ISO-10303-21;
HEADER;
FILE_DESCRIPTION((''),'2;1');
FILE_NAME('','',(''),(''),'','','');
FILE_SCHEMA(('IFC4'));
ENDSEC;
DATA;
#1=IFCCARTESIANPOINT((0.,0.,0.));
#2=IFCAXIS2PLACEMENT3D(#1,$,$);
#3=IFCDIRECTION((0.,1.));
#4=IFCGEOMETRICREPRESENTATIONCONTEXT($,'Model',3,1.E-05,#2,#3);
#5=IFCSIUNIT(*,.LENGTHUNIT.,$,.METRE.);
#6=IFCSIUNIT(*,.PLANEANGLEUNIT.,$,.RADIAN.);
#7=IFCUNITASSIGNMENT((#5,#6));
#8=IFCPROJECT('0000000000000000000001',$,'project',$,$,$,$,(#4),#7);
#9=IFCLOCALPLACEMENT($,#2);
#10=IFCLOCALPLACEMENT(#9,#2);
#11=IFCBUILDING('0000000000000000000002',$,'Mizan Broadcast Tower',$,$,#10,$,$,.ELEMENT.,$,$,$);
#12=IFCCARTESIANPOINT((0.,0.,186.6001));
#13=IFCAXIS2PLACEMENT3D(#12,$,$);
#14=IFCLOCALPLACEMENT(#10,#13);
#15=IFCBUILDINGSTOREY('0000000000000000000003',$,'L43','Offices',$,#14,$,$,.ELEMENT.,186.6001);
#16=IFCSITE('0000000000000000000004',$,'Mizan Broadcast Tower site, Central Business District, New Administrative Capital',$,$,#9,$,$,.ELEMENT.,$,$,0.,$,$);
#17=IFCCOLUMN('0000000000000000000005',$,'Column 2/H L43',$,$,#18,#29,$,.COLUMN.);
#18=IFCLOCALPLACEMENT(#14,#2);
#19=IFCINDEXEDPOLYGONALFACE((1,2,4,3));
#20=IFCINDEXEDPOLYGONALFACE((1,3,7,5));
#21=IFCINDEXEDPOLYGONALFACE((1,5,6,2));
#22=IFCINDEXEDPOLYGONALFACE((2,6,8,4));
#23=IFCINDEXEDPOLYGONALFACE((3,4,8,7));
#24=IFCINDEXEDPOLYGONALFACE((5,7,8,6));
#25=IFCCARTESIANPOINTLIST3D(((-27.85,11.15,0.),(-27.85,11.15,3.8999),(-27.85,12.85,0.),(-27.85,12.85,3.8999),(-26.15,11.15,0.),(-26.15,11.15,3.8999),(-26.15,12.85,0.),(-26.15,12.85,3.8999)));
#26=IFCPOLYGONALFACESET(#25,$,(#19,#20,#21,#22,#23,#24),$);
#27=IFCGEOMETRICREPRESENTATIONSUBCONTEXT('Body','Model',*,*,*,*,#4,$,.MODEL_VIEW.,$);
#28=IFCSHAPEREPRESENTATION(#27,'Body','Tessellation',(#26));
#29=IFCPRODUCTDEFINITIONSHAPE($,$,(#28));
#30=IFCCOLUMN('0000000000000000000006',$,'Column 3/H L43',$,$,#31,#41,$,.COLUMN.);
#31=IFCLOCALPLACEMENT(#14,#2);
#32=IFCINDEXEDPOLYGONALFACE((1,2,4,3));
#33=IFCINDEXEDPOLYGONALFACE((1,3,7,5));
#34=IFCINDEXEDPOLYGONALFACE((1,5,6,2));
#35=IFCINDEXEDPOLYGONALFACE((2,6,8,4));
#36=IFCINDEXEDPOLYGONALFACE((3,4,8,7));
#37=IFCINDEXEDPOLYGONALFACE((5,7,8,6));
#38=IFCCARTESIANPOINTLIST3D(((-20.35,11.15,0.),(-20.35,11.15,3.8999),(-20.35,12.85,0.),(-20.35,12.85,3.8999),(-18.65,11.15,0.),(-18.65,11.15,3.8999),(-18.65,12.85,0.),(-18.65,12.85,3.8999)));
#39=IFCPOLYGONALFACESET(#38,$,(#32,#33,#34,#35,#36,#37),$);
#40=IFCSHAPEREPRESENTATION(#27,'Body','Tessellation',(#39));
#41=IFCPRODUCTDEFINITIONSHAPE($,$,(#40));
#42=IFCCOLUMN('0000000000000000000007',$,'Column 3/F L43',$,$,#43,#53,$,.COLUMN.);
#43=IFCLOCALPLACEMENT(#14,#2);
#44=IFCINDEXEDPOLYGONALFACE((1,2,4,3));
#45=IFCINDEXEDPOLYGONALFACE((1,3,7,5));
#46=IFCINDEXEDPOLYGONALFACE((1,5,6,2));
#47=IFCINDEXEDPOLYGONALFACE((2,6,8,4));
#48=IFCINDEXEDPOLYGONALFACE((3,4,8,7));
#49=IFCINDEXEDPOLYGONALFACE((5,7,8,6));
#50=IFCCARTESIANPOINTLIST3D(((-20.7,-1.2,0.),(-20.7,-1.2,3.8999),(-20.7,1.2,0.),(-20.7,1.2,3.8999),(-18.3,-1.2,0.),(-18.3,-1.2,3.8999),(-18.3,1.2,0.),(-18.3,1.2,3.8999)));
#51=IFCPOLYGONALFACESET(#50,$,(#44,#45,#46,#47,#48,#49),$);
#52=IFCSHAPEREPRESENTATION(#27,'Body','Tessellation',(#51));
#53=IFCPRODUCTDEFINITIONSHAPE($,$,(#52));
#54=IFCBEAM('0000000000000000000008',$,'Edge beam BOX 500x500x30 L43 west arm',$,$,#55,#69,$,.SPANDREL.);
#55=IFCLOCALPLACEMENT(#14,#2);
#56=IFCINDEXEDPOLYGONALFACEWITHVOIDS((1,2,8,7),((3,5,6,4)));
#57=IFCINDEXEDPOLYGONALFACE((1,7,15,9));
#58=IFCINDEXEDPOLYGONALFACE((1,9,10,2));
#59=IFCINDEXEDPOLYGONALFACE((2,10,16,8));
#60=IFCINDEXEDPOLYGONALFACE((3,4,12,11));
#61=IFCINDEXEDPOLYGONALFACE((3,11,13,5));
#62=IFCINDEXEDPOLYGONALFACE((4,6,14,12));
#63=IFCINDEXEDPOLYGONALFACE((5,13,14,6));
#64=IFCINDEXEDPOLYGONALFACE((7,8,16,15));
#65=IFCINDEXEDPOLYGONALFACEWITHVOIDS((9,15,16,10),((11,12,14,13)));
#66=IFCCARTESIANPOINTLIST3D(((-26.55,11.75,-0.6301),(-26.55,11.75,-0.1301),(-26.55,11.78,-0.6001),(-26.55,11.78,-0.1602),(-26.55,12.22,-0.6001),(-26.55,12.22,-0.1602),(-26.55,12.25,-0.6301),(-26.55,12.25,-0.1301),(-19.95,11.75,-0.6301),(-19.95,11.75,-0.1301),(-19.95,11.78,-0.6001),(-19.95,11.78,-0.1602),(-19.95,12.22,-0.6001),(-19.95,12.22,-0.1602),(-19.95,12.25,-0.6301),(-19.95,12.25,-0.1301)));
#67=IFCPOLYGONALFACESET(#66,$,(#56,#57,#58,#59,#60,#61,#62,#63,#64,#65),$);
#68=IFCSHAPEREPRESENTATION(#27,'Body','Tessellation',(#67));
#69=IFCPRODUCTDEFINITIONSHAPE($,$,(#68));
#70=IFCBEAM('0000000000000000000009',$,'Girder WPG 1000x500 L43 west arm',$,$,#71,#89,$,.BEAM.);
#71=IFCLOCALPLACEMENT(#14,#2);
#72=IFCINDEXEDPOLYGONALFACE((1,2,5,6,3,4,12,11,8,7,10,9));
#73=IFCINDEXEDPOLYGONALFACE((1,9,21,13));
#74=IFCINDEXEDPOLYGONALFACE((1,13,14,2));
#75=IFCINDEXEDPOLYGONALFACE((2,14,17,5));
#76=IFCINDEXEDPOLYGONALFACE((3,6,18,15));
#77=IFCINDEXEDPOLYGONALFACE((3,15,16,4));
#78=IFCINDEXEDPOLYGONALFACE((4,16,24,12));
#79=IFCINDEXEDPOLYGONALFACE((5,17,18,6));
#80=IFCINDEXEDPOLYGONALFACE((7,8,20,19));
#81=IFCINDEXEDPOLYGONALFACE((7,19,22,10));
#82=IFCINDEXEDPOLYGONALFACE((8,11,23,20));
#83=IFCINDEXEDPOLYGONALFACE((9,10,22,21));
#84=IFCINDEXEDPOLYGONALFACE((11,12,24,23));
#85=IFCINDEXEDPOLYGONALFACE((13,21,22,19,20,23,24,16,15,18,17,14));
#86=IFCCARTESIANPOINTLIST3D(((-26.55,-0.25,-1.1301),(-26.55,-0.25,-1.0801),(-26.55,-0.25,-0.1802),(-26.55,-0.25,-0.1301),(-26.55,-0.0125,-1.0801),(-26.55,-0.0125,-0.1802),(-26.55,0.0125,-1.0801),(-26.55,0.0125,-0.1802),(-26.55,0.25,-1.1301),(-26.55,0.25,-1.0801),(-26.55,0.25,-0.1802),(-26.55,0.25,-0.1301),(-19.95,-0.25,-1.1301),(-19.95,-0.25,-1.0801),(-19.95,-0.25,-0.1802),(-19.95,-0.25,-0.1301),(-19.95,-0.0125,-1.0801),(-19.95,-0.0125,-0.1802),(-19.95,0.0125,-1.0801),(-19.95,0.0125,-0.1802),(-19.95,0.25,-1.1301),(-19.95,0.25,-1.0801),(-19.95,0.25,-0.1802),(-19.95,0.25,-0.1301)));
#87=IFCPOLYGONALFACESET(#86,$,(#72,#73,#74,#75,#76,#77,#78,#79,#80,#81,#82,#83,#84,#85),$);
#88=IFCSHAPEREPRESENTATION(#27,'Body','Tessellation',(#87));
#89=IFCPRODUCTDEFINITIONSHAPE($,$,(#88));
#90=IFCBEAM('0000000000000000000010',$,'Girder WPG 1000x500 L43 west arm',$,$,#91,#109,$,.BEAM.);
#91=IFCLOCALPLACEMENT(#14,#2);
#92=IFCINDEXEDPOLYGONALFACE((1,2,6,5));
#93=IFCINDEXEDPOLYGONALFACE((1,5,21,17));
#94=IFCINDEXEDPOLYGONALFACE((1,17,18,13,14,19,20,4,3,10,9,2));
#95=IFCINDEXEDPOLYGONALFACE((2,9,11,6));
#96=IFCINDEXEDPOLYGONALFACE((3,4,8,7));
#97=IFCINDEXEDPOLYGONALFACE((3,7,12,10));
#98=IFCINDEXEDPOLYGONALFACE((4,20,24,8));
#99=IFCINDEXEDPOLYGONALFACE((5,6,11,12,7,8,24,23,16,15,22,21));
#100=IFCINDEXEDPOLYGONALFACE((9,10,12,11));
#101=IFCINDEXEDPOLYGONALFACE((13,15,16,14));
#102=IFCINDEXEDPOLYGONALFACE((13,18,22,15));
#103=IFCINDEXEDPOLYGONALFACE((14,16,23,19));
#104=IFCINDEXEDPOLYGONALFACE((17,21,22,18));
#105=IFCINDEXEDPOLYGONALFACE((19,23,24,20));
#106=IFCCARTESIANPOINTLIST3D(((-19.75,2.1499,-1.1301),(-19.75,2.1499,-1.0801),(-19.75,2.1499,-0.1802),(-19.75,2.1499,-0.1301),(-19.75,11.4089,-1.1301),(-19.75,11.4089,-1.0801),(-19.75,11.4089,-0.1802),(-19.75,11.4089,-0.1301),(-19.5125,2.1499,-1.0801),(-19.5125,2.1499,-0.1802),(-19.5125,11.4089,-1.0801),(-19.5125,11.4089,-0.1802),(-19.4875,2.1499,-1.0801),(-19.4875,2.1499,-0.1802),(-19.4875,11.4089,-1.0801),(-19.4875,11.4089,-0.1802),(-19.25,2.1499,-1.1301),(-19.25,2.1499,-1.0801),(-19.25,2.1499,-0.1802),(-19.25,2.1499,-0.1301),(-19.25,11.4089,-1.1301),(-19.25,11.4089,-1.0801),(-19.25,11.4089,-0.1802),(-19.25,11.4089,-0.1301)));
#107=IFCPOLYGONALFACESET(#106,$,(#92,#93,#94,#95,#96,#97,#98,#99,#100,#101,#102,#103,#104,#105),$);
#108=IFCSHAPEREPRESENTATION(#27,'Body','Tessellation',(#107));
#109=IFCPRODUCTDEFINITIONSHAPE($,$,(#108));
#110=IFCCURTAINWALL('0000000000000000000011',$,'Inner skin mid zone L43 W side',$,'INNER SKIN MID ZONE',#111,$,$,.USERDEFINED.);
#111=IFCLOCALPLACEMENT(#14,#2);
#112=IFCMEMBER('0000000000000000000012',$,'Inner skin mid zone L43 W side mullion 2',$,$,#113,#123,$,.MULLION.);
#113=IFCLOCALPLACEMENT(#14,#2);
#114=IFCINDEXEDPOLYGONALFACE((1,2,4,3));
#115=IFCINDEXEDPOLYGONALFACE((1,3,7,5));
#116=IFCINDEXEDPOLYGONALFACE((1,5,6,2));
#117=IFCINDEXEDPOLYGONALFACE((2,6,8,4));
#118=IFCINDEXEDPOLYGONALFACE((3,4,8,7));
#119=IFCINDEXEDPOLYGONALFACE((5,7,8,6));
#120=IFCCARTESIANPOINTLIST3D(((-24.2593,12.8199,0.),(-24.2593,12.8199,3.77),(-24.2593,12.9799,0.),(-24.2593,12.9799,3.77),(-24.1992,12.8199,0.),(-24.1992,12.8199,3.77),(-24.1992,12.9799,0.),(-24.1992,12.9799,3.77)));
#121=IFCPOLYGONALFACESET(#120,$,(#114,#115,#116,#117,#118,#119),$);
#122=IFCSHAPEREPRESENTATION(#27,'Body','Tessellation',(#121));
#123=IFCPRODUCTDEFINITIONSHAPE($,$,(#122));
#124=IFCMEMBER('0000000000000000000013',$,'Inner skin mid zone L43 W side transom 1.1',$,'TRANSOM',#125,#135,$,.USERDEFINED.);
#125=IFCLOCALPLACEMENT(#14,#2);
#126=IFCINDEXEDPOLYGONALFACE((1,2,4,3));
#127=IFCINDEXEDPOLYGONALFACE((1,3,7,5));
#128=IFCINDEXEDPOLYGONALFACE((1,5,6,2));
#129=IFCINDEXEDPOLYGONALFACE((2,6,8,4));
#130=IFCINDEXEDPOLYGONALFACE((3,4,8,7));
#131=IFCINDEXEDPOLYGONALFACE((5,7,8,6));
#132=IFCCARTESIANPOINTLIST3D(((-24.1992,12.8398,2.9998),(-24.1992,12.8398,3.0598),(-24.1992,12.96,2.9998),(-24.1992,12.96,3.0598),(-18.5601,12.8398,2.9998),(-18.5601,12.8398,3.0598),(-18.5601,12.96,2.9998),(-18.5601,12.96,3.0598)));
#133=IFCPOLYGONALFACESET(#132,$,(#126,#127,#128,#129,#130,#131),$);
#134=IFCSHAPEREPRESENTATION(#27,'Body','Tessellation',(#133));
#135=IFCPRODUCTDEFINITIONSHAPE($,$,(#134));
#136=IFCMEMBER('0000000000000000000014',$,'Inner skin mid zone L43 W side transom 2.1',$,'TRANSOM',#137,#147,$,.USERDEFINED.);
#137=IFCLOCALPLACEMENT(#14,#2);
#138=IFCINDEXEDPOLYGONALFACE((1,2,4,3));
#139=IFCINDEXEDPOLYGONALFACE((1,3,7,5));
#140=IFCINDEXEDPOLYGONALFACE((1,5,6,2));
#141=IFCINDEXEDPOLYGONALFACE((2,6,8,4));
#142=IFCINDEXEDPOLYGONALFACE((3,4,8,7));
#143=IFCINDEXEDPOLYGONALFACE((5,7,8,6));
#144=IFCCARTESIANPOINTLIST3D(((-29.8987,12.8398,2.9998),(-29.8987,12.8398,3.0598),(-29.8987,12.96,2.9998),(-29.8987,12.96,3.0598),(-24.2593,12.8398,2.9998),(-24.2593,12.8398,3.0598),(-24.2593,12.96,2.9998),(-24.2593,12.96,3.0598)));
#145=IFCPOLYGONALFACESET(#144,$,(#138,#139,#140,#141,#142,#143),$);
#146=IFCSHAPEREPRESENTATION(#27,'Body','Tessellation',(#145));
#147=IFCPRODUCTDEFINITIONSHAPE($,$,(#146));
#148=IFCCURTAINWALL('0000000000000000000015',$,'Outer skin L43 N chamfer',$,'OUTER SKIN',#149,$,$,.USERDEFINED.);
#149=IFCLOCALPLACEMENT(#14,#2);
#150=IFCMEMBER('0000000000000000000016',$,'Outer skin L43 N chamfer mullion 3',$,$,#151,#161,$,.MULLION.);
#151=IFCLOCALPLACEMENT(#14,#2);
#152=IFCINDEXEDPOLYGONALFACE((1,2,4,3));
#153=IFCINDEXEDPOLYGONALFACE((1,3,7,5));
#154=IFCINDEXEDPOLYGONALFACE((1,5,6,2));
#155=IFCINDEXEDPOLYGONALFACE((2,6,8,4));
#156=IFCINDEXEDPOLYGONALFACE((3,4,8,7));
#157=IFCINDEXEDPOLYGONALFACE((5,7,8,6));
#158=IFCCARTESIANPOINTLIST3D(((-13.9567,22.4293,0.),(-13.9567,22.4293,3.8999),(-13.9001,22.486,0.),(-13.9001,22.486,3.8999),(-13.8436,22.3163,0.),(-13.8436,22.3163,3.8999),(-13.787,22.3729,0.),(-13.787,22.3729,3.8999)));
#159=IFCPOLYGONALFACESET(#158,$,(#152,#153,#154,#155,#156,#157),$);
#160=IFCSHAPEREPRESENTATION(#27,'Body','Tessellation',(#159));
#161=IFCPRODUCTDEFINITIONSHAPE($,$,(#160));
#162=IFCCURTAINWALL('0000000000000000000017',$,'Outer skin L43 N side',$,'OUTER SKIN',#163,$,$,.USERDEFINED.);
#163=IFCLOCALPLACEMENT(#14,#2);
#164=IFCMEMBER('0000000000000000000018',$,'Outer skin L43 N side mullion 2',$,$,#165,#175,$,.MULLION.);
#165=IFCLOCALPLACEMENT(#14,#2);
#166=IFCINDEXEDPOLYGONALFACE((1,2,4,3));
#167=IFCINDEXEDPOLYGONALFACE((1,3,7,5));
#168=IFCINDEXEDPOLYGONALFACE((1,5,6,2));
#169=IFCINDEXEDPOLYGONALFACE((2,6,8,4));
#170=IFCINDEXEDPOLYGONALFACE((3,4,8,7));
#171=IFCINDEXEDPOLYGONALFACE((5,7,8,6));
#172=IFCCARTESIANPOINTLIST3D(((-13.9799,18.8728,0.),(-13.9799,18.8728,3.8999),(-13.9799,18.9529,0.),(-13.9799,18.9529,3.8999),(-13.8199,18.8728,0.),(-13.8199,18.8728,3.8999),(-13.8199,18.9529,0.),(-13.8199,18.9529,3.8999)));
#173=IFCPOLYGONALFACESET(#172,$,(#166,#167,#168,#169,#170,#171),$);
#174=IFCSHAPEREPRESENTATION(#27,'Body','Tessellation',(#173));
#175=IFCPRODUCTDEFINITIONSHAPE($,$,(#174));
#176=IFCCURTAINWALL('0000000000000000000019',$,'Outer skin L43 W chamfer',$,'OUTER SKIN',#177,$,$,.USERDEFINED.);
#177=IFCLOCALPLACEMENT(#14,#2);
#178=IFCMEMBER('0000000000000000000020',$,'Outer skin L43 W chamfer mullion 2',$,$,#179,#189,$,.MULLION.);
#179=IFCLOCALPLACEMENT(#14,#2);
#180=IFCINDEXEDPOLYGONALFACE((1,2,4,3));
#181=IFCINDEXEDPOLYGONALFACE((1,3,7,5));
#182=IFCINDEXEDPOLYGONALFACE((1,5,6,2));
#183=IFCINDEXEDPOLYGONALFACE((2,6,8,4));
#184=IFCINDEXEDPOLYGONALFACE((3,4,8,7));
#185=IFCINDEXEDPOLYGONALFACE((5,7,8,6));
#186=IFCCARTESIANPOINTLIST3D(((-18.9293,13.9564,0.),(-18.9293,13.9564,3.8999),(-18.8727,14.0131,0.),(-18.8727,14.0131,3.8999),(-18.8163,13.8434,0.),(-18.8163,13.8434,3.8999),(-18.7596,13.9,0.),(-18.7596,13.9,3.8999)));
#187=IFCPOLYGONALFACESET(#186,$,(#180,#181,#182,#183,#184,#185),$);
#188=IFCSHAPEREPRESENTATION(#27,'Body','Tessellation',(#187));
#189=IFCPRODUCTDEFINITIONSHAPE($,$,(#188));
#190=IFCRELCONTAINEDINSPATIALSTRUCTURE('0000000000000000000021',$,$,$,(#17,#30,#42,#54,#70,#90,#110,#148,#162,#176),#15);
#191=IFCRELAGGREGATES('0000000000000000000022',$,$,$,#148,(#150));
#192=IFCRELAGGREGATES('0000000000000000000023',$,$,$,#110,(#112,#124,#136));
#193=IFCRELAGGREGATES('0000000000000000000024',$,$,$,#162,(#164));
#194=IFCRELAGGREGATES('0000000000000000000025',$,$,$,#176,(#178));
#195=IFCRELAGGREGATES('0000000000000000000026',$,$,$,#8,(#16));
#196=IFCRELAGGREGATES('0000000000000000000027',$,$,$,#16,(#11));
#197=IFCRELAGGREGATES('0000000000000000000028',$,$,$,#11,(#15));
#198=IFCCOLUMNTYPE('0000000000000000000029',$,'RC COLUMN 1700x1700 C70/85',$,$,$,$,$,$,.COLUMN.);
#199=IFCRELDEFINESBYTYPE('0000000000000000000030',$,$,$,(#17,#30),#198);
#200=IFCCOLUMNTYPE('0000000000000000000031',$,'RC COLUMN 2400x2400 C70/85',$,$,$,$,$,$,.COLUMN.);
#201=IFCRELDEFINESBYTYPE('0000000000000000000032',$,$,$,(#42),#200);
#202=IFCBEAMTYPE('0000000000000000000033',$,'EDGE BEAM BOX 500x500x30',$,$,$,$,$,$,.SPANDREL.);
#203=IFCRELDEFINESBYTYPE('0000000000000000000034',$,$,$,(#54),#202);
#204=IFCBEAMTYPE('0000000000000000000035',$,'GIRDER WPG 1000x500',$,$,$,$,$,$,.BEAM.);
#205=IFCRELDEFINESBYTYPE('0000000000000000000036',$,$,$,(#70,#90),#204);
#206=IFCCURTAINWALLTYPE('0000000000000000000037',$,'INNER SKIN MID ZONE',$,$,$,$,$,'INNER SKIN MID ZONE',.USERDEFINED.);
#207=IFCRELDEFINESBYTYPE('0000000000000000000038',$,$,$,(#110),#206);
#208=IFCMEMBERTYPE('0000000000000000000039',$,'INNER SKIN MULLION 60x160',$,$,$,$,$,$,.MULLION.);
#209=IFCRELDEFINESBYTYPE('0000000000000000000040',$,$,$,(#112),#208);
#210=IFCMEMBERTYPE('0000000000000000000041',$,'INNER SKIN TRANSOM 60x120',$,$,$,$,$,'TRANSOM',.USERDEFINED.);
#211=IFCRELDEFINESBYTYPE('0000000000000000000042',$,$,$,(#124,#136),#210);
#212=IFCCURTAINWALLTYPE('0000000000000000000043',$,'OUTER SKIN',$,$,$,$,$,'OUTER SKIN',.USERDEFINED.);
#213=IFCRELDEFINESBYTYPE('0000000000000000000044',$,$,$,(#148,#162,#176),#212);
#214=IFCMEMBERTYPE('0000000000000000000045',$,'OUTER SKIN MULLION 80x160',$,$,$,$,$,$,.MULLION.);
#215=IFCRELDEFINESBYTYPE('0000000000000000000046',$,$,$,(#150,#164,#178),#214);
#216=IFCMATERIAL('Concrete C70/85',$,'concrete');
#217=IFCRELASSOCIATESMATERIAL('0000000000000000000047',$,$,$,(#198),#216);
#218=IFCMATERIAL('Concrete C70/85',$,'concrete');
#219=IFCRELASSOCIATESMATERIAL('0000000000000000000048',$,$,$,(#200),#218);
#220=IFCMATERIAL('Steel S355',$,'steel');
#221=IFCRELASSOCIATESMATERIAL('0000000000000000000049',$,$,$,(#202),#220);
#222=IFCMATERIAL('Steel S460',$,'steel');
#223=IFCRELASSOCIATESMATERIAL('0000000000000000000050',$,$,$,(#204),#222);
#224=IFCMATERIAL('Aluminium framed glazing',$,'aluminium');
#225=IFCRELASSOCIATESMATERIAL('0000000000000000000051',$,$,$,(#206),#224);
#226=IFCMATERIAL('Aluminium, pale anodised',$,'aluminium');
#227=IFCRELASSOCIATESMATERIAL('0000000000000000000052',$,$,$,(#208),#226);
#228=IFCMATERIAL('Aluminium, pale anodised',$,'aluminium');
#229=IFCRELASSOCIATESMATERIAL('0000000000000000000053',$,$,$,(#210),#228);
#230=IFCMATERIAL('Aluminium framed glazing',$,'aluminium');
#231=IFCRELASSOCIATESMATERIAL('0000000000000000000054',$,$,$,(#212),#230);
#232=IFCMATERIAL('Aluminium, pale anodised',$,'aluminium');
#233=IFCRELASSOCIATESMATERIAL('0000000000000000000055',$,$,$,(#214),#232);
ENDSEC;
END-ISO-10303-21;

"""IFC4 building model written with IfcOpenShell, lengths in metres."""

from ifc_helpers import new_model, si_unit, direction, frame, origin, origin_2d, place, context, subcontext, project, spatial, rectangle, hollow_rectangle, i_section, extrude, material, material_profile, profile_set, type_object, element, aggregate, save


model = new_model("IFC4")

# Units and contexts
model_context = context("Model", 3, precision=1e-05, world=origin(), true_north=direction((0.0, 1.0)))
body_context = subcontext(model_context, "Body", "Model", "MODEL_VIEW")
ifc_project = project(units=[si_unit("LENGTHUNIT", "METRE"), si_unit("PLANEANGLEUNIT", "RADIAN")], contexts=[model_context])

# Site, building, storey
site_placement = place(None, origin())
site = spatial("IfcSite", under=ifc_project, at=site_placement, Name="Mizan Broadcast Tower site, Central Business District, New Administrative Capital", CompositionType="ELEMENT", RefElevation=0.0)
building_placement = place(site_placement, origin())
building = spatial("IfcBuilding", under=site, at=building_placement, Name="Mizan Broadcast Tower", CompositionType="ELEMENT")
storey_placement = place(building_placement, frame((0.0, 0.0, 186.6001)))
storey = spatial("IfcBuildingStorey", under=building, at=storey_placement, Name="L43", Description="Offices", CompositionType="ELEMENT", Elevation=186.6001)

# Columns
ifc_material_1 = material(Name="Concrete C70/85", Category="concrete")
ifc_material_profile_1 = material_profile(ifc_material_1, rectangle(XDim=1.7, YDim=1.7, at=origin_2d()), Name="RC 1700x1700")
ifc_profile_set_1 = profile_set([ifc_material_profile_1], Name="Concrete C70/85")
column_type_1 = type_object("IfcColumnType", Name="RC COLUMN 1700x1700 C70/85", PredefinedType="COLUMN", material=ifc_profile_set_1)
for number, where, z_axis, x_axis, name in (
    (1, (-27.0, 12.0, 0.0), (0.0, 0.0, 1.0), (1.0, 0.0, 0.0), "Column 2/H L43"),
    (2, (-19.5, 12.0, 0.0), (0.0, 0.0, 1.0), (1.0, 0.0, 0.0), "Column 3/H L43"),
):
    element("IfcColumn", number, at=place(storey_placement, frame(where, z_axis=z_axis, x_axis=x_axis)), inside=storey, type_object=column_type_1, Name=name, PredefinedType="COLUMN", context=body_context, shape_type="SweptSolid", body=[
        extrude(rectangle(XDim=1.7, YDim=1.7, at=origin_2d()), origin(), (0.0, 0.0, 1.0), 3.8999),
    ])
ifc_material_2 = material(Name="Concrete C70/85", Category="concrete")
ifc_material_profile_2 = material_profile(ifc_material_2, rectangle(XDim=2.3999, YDim=2.3999, at=origin_2d()), Name="RC 2400x2400")
ifc_profile_set_2 = profile_set([ifc_material_profile_2], Name="Concrete C70/85")
column_type_2 = type_object("IfcColumnType", Name="RC COLUMN 2400x2400 C70/85", PredefinedType="COLUMN", material=ifc_profile_set_2)
column_placement = place(storey_placement, frame((-19.5, 0.0, 0.0), z_axis=(0.0, 0.0, 1.0), x_axis=(1.0, 0.0, 0.0)))
element("IfcColumn", 3, at=column_placement, inside=storey, type_object=column_type_2, Name="Column 3/F L43", PredefinedType="COLUMN", context=body_context, shape_type="SweptSolid", body=[
    extrude(rectangle(XDim=2.3999, YDim=2.3999, at=origin_2d()), origin(), (0.0, 0.0, 1.0), 3.8999),
])

# Beams
ifc_material_3 = material(Name="Steel S355", Category="steel")
ifc_material_profile_3 = material_profile(ifc_material_3, hollow_rectangle(XDim=0.5, YDim=0.5, WallThickness=0.03, at=origin_2d()), Name="BOX 500x500x30")
ifc_profile_set_3 = profile_set([ifc_material_profile_3], Name="Steel S355")
beam_type_1 = type_object("IfcBeamType", Name="EDGE BEAM BOX 500x500x30", PredefinedType="SPANDREL", material=ifc_profile_set_3)
beam_1_placement = place(storey_placement, frame((-19.95, 12.0, -0.3801), z_axis=(-1.0, 0.0, 0.0), x_axis=(0.0, -1.0, 0.0)))
element("IfcBeam", 4, at=beam_1_placement, inside=storey, type_object=beam_type_1, Name="Edge beam BOX 500x500x30 L43 west arm", PredefinedType="SPANDREL", context=body_context, shape_type="SweptSolid", body=[
    extrude(hollow_rectangle(XDim=0.5, YDim=0.5, WallThickness=0.03, at=origin_2d()), origin(), (0.0, 0.0, 1.0), 6.6001),
])
ifc_material_4 = material(Name="Steel S460", Category="steel")
ifc_material_profile_4 = material_profile(ifc_material_4, i_section(OverallWidth=0.5, OverallDepth=1.0, WebThickness=0.0249, FlangeThickness=0.05, at=origin_2d()), Name="WPG 1000x500")
ifc_profile_set_4 = profile_set([ifc_material_profile_4], Name="Steel S460")
beam_type_2 = type_object("IfcBeamType", Name="GIRDER WPG 1000x500", PredefinedType="BEAM", material=ifc_profile_set_4)
beam_2_placement = place(storey_placement, frame((-19.95, 0.0, -0.6301), z_axis=(-1.0, 0.0, 0.0), x_axis=(0.0, -1.0, 0.0)))
element("IfcBeam", 5, at=beam_2_placement, inside=storey, type_object=beam_type_2, Name="Girder WPG 1000x500 L43 west arm", PredefinedType="BEAM", context=body_context, shape_type="SweptSolid", body=[
    extrude(i_section(OverallWidth=0.5, OverallDepth=1.0, WebThickness=0.0249, FlangeThickness=0.05, at=origin_2d()), origin(), (0.0, 0.0, 1.0), 6.6001),
])
beam_3_placement = place(storey_placement, frame((-19.5, 11.4089, -0.6301), z_axis=(0.0, -1.0, 0.0), x_axis=(1.0, 0.0, 0.0)))
element("IfcBeam", 6, at=beam_3_placement, inside=storey, type_object=beam_type_2, Name="Girder WPG 1000x500 L43 west arm", PredefinedType="BEAM", context=body_context, shape_type="SweptSolid", body=[
    extrude(i_section(OverallWidth=0.5, OverallDepth=1.0, WebThickness=0.0249, FlangeThickness=0.05, at=origin_2d()), origin(), (0.0, 0.0, 1.0), 9.259),
])

# Curtain wall, members
ifc_material_5 = material(Name="Aluminium framed glazing", Category="aluminium")
curtain_wall_type_1 = type_object("IfcCurtainWallType", Name="INNER SKIN MID ZONE", ElementType="INNER SKIN MID ZONE", PredefinedType="USERDEFINED", material=ifc_material_5)
curtain_wall_1_placement = place(storey_placement, origin())
curtain_wall_1 = element("IfcCurtainWall", 7, at=curtain_wall_1_placement, inside=storey, type_object=curtain_wall_type_1, Name="Inner skin mid zone L43 W side", ObjectType="INNER SKIN MID ZONE", PredefinedType="USERDEFINED")
ifc_material_6 = material(Name="Aluminium, pale anodised", Category="aluminium")
ifc_material_profile_5 = material_profile(ifc_material_6, rectangle(XDim=0.1599, YDim=0.0601, at=origin_2d()), Name="MULLION 160x60")
ifc_profile_set_5 = profile_set([ifc_material_profile_5], Name="Aluminium, pale anodised")
member_type_1 = type_object("IfcMemberType", Name="INNER SKIN MULLION 60x160", PredefinedType="MULLION", material=ifc_profile_set_5)
member_1_placement = place(storey_placement, frame((-24.2292, 12.8999, 0.0), z_axis=(0.0, 0.0, 1.0), x_axis=(0.0, -1.0, 0.0)))
member_1 = element("IfcMember", 8, at=member_1_placement, type_object=member_type_1, Name="Inner skin mid zone L43 W side mullion 2", PredefinedType="MULLION", context=body_context, shape_type="SweptSolid", body=[
    extrude(rectangle(XDim=0.1599, YDim=0.0601, at=origin_2d()), origin(), (0.0, 0.0, 1.0), 3.77),
])
ifc_material_7 = material(Name="Aluminium, pale anodised", Category="aluminium")
ifc_material_profile_6 = material_profile(ifc_material_7, rectangle(XDim=0.1201, YDim=0.0601, at=origin_2d()), Name="TRANSOM 120x60")
ifc_profile_set_6 = profile_set([ifc_material_profile_6], Name="Aluminium, pale anodised")
member_type_2 = type_object("IfcMemberType", Name="INNER SKIN TRANSOM 60x120", ElementType="TRANSOM", PredefinedType="USERDEFINED", material=ifc_profile_set_6)
member_2_placement = place(storey_placement, frame((-18.5601, 12.8999, 3.0298), z_axis=(-1.0, 0.0, 0.0), x_axis=(0.0, -1.0, 0.0)))
member_2 = element("IfcMember", 9, at=member_2_placement, type_object=member_type_2, Name="Inner skin mid zone L43 W side transom 1.1", ObjectType="TRANSOM", PredefinedType="USERDEFINED", context=body_context, shape_type="SweptSolid", body=[
    extrude(rectangle(XDim=0.1201, YDim=0.0601, at=origin_2d()), origin(), (0.0, 0.0, 1.0), 5.6392),
])
member_3_placement = place(storey_placement, frame((-24.2593, 12.8999, 3.0298), z_axis=(-1.0, 0.0, 0.0), x_axis=(0.0, -1.0, 0.0)))
member_3 = element("IfcMember", 10, at=member_3_placement, type_object=member_type_2, Name="Inner skin mid zone L43 W side transom 2.1", ObjectType="TRANSOM", PredefinedType="USERDEFINED", context=body_context, shape_type="SweptSolid", body=[
    extrude(rectangle(XDim=0.1201, YDim=0.0601, at=origin_2d()), origin(), (0.0, 0.0, 1.0), 5.6394),
])

# Curtain walls, members
ifc_material_8 = material(Name="Aluminium framed glazing", Category="aluminium")
curtain_wall_type_2 = type_object("IfcCurtainWallType", Name="OUTER SKIN", ElementType="OUTER SKIN", PredefinedType="USERDEFINED", material=ifc_material_8)
curtain_wall_2_placement = place(storey_placement, origin())
curtain_wall_2 = element("IfcCurtainWall", 11, at=curtain_wall_2_placement, inside=storey, type_object=curtain_wall_type_2, Name="Outer skin L43 N chamfer", ObjectType="OUTER SKIN", PredefinedType="USERDEFINED")
ifc_material_9 = material(Name="Aluminium, pale anodised", Category="aluminium")
ifc_material_profile_7 = material_profile(ifc_material_9, rectangle(XDim=0.1599, YDim=0.0801, at=origin_2d()), Name="MULLION 160x80")
ifc_profile_set_7 = profile_set([ifc_material_profile_7], Name="Aluminium, pale anodised")
member_type_3 = type_object("IfcMemberType", Name="OUTER SKIN MULLION 80x160", PredefinedType="MULLION", material=ifc_profile_set_7)
member_4_placement = place(storey_placement, frame((-13.8718, 22.4011, 0.0), z_axis=(0.0, 0.0, 1.0), x_axis=(0.707107, -0.707107, 0.0)))
member_4 = element("IfcMember", 12, at=member_4_placement, type_object=member_type_3, Name="Outer skin L43 N chamfer mullion 3", PredefinedType="MULLION", context=body_context, shape_type="SweptSolid", body=[
    extrude(rectangle(XDim=0.1599, YDim=0.0801, at=origin_2d()), origin(), (0.0, 0.0, 1.0), 3.8999),
])
aggregate(curtain_wall_2, [member_4])
curtain_wall_3_placement = place(storey_placement, origin())
curtain_wall_3 = element("IfcCurtainWall", 13, at=curtain_wall_3_placement, inside=storey, type_object=curtain_wall_type_2, Name="Outer skin L43 N side", ObjectType="OUTER SKIN", PredefinedType="USERDEFINED")
member_5_placement = place(storey_placement, frame((-13.8999, 18.9128, 0.0), z_axis=(0.0, 0.0, 1.0), x_axis=(1.0, 0.0, 0.0)))
member_5 = element("IfcMember", 14, at=member_5_placement, type_object=member_type_3, Name="Outer skin L43 N side mullion 2", PredefinedType="MULLION", context=body_context, shape_type="SweptSolid", body=[
    extrude(rectangle(XDim=0.1599, YDim=0.0801, at=origin_2d()), origin(), (0.0, 0.0, 1.0), 3.8999),
])
curtain_wall_4_placement = place(storey_placement, origin())
curtain_wall_4 = element("IfcCurtainWall", 15, at=curtain_wall_4_placement, inside=storey, type_object=curtain_wall_type_2, Name="Outer skin L43 W chamfer", ObjectType="OUTER SKIN", PredefinedType="USERDEFINED")
member_6_placement = place(storey_placement, frame((-18.8445, 13.9282, 0.0), z_axis=(0.0, 0.0, 1.0), x_axis=(0.707107, -0.707107, 0.0)))
member_6 = element("IfcMember", 16, at=member_6_placement, type_object=member_type_3, Name="Outer skin L43 W chamfer mullion 2", PredefinedType="MULLION", context=body_context, shape_type="SweptSolid", body=[
    extrude(rectangle(XDim=0.1599, YDim=0.0801, at=origin_2d()), origin(), (0.0, 0.0, 1.0), 3.8999),
])

aggregate(curtain_wall_1, [member_1, member_2, member_3])
aggregate(curtain_wall_3, [member_5])
aggregate(curtain_wall_4, [member_6])

save(model, "model.ifc")
